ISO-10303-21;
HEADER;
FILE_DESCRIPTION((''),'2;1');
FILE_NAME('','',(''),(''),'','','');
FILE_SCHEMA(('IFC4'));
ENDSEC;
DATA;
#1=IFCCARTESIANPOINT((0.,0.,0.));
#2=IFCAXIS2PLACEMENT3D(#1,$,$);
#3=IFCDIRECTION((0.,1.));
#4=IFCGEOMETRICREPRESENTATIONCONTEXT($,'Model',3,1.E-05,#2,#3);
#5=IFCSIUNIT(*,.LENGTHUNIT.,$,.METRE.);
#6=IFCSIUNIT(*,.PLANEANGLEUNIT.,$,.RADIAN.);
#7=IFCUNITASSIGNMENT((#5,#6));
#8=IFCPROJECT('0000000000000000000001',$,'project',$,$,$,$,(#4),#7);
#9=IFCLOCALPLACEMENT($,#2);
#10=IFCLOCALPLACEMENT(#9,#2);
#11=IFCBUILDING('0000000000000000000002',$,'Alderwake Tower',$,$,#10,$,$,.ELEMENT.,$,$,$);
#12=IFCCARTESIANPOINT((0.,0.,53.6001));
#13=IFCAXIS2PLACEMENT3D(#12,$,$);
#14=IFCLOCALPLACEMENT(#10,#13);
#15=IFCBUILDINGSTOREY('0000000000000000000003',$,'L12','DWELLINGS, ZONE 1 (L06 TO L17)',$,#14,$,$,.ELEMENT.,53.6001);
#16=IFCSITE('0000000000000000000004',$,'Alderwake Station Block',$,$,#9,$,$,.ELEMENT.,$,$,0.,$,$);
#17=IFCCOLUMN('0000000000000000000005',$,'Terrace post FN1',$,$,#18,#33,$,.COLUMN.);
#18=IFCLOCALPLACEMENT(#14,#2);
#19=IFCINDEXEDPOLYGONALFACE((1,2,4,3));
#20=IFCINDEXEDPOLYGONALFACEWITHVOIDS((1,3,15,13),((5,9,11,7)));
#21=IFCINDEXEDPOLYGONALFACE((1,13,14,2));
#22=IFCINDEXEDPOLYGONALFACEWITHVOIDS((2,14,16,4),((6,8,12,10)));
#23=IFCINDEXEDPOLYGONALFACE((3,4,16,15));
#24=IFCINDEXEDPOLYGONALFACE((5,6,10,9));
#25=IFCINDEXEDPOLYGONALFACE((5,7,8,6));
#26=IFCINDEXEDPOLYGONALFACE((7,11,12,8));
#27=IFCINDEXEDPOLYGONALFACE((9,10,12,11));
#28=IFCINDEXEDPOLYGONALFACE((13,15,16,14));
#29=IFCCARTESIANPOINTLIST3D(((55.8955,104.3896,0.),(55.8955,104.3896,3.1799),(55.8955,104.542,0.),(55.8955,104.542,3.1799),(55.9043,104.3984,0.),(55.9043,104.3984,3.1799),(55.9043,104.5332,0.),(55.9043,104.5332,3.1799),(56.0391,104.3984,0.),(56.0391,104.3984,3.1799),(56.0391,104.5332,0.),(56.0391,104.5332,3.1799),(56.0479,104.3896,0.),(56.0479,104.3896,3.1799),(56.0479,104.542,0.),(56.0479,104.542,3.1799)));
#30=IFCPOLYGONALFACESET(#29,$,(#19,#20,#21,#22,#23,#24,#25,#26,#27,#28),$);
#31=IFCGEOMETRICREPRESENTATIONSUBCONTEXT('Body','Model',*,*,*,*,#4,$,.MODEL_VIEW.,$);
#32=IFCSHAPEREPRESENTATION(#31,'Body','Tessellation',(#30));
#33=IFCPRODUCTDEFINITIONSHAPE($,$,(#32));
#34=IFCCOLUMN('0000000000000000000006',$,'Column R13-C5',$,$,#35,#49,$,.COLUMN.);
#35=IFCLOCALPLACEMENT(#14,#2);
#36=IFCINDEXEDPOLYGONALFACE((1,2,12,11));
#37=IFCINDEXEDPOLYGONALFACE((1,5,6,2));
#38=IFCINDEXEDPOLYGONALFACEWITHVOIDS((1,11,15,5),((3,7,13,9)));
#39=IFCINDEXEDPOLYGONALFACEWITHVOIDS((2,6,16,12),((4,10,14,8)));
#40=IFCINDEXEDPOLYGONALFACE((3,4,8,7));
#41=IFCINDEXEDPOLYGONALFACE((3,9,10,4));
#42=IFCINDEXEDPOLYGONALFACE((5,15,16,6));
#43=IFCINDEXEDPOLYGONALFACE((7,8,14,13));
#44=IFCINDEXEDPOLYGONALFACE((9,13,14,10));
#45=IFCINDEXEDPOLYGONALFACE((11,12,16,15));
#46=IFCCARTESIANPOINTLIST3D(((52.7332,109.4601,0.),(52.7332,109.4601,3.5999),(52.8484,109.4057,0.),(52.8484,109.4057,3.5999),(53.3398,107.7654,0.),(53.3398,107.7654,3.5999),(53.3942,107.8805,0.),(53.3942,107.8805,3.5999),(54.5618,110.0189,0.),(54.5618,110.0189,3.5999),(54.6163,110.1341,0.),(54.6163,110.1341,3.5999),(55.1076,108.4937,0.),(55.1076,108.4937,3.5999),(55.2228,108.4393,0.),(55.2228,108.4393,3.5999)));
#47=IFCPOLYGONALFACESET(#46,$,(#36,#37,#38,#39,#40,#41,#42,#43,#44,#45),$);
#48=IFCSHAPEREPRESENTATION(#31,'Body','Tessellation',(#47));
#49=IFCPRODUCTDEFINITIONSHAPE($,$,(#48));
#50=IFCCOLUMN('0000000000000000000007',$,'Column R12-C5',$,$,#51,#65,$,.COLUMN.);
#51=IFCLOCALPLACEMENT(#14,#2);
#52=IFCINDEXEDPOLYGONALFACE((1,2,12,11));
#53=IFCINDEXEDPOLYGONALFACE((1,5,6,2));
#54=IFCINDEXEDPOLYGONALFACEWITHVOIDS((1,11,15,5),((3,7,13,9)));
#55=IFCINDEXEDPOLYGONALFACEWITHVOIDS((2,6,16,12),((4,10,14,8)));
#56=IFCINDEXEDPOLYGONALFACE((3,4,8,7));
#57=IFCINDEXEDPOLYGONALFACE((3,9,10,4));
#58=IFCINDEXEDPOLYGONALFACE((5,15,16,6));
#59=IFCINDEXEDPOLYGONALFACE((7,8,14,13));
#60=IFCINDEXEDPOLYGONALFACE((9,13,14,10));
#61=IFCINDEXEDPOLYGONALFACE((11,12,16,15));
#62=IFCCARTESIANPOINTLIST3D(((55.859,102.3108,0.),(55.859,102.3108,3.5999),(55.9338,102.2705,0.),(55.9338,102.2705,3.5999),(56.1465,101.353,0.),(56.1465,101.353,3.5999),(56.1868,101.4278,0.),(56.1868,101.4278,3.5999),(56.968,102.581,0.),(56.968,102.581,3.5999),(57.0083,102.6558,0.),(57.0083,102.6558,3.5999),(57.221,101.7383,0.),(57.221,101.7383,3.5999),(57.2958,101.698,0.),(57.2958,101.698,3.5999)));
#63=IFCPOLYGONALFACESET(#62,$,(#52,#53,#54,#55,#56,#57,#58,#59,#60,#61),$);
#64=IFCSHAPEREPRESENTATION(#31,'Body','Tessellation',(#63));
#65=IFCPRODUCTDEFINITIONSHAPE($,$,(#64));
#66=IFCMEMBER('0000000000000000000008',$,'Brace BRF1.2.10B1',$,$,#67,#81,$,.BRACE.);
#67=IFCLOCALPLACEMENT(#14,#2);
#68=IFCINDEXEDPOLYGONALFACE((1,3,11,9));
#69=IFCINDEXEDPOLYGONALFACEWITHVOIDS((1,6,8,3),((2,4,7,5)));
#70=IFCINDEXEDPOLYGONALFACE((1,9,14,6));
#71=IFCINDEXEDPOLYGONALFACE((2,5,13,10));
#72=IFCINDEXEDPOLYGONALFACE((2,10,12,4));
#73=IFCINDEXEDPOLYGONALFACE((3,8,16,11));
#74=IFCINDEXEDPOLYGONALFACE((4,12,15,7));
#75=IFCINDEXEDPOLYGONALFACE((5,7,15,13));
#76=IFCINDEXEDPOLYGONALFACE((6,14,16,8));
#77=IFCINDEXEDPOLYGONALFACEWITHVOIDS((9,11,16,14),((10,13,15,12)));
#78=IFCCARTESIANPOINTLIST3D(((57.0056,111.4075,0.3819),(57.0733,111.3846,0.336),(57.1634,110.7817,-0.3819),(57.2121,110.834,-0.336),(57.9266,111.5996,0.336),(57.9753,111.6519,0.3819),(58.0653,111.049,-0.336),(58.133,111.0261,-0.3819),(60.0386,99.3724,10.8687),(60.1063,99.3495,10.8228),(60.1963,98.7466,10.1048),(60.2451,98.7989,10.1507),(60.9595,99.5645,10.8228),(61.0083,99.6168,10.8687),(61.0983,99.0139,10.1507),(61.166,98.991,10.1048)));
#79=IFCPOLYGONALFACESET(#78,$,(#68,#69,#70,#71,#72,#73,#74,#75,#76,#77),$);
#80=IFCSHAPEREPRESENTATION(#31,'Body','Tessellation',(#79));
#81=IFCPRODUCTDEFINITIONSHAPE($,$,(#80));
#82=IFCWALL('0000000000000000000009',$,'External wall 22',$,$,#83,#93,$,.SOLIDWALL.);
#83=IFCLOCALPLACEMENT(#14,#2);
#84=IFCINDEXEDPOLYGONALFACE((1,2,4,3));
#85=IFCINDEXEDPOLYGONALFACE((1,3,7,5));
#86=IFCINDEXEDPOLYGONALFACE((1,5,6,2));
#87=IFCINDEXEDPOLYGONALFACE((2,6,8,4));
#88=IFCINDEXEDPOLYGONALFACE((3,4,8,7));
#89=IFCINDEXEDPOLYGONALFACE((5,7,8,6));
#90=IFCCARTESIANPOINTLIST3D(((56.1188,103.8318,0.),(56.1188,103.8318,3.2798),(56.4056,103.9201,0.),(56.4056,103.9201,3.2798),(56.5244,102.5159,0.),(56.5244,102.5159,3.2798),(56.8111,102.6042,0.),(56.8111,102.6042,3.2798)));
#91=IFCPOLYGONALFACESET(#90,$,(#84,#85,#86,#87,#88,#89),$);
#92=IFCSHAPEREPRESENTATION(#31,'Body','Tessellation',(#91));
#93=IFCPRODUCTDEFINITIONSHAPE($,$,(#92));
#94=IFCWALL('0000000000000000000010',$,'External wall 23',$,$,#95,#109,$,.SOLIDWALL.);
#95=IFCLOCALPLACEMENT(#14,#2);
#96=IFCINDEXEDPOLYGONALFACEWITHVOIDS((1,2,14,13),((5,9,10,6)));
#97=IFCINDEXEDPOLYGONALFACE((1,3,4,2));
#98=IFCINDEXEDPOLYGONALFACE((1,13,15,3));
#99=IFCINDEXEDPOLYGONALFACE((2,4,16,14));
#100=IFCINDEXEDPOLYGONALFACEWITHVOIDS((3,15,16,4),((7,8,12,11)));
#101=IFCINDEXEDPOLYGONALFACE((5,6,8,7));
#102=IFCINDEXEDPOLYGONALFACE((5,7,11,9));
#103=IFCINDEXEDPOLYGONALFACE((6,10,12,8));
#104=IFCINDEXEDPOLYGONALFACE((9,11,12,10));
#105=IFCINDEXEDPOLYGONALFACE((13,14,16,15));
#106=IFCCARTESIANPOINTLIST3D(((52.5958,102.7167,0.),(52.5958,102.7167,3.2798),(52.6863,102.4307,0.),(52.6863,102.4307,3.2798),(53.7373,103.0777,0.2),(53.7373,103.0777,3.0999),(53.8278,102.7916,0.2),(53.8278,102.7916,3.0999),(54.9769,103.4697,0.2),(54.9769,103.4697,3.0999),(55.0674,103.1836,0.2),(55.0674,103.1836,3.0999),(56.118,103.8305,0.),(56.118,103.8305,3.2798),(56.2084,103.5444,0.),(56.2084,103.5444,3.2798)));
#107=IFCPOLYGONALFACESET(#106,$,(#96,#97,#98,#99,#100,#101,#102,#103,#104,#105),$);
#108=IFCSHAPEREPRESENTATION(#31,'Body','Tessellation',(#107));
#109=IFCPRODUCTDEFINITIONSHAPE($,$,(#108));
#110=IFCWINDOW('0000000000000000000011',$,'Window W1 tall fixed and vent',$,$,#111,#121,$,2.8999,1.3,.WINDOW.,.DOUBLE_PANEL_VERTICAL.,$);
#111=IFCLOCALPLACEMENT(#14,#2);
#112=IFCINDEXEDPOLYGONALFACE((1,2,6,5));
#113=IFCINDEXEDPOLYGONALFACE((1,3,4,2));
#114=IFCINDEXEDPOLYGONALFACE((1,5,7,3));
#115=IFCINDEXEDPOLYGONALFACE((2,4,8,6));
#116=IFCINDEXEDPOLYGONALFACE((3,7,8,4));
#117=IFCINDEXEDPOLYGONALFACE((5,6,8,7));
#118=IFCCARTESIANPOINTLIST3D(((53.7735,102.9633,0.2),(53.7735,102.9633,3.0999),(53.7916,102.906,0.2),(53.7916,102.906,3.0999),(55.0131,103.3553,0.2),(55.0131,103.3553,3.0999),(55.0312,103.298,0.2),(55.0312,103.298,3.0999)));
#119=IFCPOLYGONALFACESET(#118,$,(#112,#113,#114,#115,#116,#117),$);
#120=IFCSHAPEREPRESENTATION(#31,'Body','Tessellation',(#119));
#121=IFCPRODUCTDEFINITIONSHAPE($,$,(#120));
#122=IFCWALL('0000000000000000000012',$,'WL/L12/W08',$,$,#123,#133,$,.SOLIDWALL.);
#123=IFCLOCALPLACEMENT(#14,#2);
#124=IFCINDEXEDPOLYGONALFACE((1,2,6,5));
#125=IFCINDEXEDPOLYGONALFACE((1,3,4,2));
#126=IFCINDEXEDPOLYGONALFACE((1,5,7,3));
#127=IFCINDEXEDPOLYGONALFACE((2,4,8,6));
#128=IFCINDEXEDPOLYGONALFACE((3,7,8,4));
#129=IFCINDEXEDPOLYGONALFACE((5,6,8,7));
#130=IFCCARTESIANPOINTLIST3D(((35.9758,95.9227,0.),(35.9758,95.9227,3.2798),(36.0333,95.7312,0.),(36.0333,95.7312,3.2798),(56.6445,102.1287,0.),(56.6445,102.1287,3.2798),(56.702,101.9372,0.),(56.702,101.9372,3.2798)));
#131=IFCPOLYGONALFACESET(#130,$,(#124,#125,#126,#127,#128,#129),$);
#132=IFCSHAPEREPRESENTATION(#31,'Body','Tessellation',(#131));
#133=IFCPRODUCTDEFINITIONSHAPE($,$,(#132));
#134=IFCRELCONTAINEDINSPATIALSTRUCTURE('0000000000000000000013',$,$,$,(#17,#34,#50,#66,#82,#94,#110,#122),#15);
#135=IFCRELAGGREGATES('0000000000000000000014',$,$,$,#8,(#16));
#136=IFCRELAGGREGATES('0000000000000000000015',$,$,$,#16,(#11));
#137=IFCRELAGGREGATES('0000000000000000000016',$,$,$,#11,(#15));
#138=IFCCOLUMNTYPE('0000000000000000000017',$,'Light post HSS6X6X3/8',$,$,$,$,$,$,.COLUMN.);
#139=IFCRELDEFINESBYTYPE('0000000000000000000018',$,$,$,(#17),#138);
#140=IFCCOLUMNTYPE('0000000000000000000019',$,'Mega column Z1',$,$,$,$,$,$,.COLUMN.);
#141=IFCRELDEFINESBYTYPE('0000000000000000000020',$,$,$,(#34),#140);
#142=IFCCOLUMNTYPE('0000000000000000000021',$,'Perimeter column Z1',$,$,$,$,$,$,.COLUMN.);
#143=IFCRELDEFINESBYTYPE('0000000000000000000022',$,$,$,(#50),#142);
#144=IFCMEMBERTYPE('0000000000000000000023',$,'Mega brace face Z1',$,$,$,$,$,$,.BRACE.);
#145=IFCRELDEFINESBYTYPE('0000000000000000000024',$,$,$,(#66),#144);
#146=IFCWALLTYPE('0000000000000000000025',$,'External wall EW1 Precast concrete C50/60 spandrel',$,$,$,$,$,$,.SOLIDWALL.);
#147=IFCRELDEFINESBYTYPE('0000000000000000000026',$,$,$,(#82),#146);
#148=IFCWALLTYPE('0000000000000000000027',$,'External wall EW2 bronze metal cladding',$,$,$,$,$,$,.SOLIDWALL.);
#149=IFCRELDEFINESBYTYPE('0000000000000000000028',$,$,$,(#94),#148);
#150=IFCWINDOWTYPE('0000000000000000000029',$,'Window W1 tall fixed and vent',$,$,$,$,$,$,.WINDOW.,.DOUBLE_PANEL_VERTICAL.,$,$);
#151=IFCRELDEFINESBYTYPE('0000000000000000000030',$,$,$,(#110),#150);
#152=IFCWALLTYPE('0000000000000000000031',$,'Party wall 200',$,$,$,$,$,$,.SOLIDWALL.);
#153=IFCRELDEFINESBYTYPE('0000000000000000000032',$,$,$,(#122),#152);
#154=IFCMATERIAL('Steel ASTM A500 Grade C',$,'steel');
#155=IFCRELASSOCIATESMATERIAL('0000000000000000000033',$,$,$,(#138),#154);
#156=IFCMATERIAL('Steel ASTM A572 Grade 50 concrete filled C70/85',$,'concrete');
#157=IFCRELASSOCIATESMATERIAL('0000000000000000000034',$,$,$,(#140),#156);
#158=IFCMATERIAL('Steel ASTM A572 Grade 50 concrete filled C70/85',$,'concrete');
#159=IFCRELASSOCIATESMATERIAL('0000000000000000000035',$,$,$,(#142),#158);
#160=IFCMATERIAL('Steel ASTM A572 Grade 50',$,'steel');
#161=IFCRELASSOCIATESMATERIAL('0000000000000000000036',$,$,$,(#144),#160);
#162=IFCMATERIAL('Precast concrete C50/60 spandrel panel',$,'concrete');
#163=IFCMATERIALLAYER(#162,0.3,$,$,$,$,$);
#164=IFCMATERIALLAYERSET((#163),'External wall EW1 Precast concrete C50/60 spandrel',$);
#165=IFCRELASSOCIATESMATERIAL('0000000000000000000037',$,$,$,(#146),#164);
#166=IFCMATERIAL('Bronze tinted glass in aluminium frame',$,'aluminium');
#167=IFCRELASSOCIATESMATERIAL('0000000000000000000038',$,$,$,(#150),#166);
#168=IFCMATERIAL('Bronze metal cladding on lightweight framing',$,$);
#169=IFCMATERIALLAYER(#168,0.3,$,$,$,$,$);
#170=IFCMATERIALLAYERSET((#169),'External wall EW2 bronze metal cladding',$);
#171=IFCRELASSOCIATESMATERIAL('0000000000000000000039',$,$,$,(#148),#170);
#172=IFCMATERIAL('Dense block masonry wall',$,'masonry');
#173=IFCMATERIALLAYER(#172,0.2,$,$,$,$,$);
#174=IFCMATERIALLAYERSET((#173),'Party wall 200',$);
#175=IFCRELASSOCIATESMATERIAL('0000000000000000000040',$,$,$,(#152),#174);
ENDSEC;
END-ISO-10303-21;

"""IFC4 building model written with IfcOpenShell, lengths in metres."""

from ifc_helpers import new_model, si_unit, direction, frame, frame_2d, origin, origin_2d, place, context, subcontext, project, spatial, rectangle, hollow_rectangle, extrude, material, layer, layer_set, material_profile, profile_set, type_object, element, fill, save


model = new_model("IFC4")

# Units and contexts
model_context = context("Model", 3, precision=1e-05, world=origin(), true_north=direction((0.0, 1.0)))
body_context = subcontext(model_context, "Body", "Model", "MODEL_VIEW")
ifc_project = project(units=[si_unit("LENGTHUNIT", "METRE"), si_unit("PLANEANGLEUNIT", "RADIAN")], contexts=[model_context])

# Site, building, storey
site_placement = place(None, origin())
site = spatial("IfcSite", under=ifc_project, at=site_placement, Name="Alderwake Station Block", CompositionType="ELEMENT", RefElevation=0.0)
building_placement = place(site_placement, origin())
building = spatial("IfcBuilding", under=site, at=building_placement, Name="Alderwake Tower", CompositionType="ELEMENT")
storey_placement = place(building_placement, frame((0.0, 0.0, 53.6001)))
storey = spatial("IfcBuildingStorey", under=building, at=storey_placement, Name="L12", Description="DWELLINGS, ZONE 1 (L06 TO L17)", CompositionType="ELEMENT", Elevation=53.6001)

# Columns
ifc_material_1 = material(Name="Steel ASTM A500 Grade C", Category="steel")
ifc_material_profile_1 = material_profile(ifc_material_1, hollow_rectangle(XDim=0.1523, YDim=0.1523, WallThickness=0.0088, at=origin_2d()), Name="HSS6X6X3/8")
ifc_profile_set_1 = profile_set([ifc_material_profile_1], Name="Steel ASTM A500 Grade C")
column_type_1 = type_object("IfcColumnType", Name="Light post HSS6X6X3/8", PredefinedType="COLUMN", material=ifc_profile_set_1)
column_1_placement = place(storey_placement, frame((55.9717, 104.4658, 0.0), z_axis=(0.0, 0.0, 1.0), x_axis=(1.0, 0.0, 0.0)))
element("IfcColumn", 1, at=column_1_placement, inside=storey, type_object=column_type_1, Name="Terrace post FN1", PredefinedType="COLUMN", context=body_context, shape_type="SweptSolid", body=[
    extrude(hollow_rectangle(XDim=0.1523, YDim=0.1523, WallThickness=0.0088, at=origin_2d()), origin(), (0.0, 0.0, 1.0), 3.1799),
])
ifc_material_2 = material(Name="Steel ASTM A572 Grade 50 concrete filled C70/85", Category="concrete")
ifc_material_profile_2 = material_profile(ifc_material_2, hollow_rectangle(XDim=1.8, YDim=2.0, WallThickness=0.0901, at=origin_2d()), Name="BOX 2000X1800X90")
ifc_profile_set_2 = profile_set([ifc_material_profile_2], Name="Steel ASTM A572 Grade 50 concrete filled C70/85")
column_type_2 = type_object("IfcColumnType", Name="Mega column Z1", PredefinedType="COLUMN", material=ifc_profile_set_2)
column_2_placement = place(storey_placement, frame((53.978, 108.9497, 0.0), z_axis=(0.0, 0.0, 1.0), x_axis=(-0.336962, 0.941518, 0.0)))
element("IfcColumn", 2, at=column_2_placement, inside=storey, type_object=column_type_2, Name="Column R13-C5", PredefinedType="COLUMN", context=body_context, shape_type="SweptSolid", body=[
    extrude(hollow_rectangle(XDim=1.8, YDim=2.0, WallThickness=0.0901, at=origin_2d()), origin(), (0.0, 0.0, 1.0), 3.5999),
])
ifc_material_3 = material(Name="Steel ASTM A572 Grade 50 concrete filled C70/85", Category="concrete")
ifc_material_profile_3 = material_profile(ifc_material_3, hollow_rectangle(XDim=1.0, YDim=1.2, WallThickness=0.0601, at=origin_2d()), Name="BOX 1200X1000X60")
ifc_profile_set_3 = profile_set([ifc_material_profile_3], Name="Steel ASTM A572 Grade 50 concrete filled C70/85")
column_type_3 = type_object("IfcColumnType", Name="Perimeter column Z1", PredefinedType="COLUMN", material=ifc_profile_set_3)
column_3_placement = place(storey_placement, frame((56.5774, 102.0044, 0.0), z_axis=(0.0, 0.0, 1.0), x_axis=(-0.287549, 0.957766, 0.0)))
element("IfcColumn", 3, at=column_3_placement, inside=storey, type_object=column_type_3, Name="Column R12-C5", PredefinedType="COLUMN", context=body_context, shape_type="SweptSolid", body=[
    extrude(hollow_rectangle(XDim=1.0, YDim=1.2, WallThickness=0.0601, at=origin_2d()), origin(), (0.0, 0.0, 1.0), 3.5999),
])

# Member
ifc_material_4 = material(Name="Steel ASTM A572 Grade 50", Category="steel")
ifc_material_profile_4 = material_profile(ifc_material_4, hollow_rectangle(XDim=1.0, YDim=1.0, WallThickness=0.0601, at=origin_2d()), Name="BOX 1000X1000X60")
ifc_profile_set_4 = profile_set([ifc_material_profile_4], Name="Steel ASTM A572 Grade 50")
member_type = type_object("IfcMemberType", Name="Mega brace face Z1", PredefinedType="BRACE", material=ifc_profile_set_4)
member_placement = place(storey_placement, frame((57.5693, 111.2168, 0.0), z_axis=(0.18666, -0.740689, 0.645398), x_axis=(0.969683, 0.244368, 0.0)))
element("IfcMember", 4, at=member_placement, inside=storey, type_object=member_type, Name="Brace BRF1.2.10B1", PredefinedType="BRACE", context=body_context, shape_type="SweptSolid", body=[
    extrude(hollow_rectangle(XDim=1.0, YDim=1.0, WallThickness=0.0601, at=origin_2d()), origin(), (0.0, 0.0, 1.0), 16.2485),
])

# Shared definitions
ifc_material_5 = material(Name="Precast concrete C50/60 spandrel panel", Category="concrete")
ifc_layer_1 = layer(ifc_material_5, 0.3)
ifc_layer_set_1 = layer_set([ifc_layer_1], Name="External wall EW1 Precast concrete C50/60 spandrel")
wall_type_1 = type_object("IfcWallType", Name="External wall EW1 Precast concrete C50/60 spandrel", PredefinedType="SOLIDWALL", material=ifc_layer_set_1)
ifc_material_6 = material(Name="Bronze tinted glass in aluminium frame", Category="aluminium")
window_type = type_object("IfcWindowType", Name="Window W1 tall fixed and vent", PartitioningType="DOUBLE_PANEL_VERTICAL", PredefinedType="WINDOW", material=ifc_material_6)

# Wall
wall_1_placement = place(storey_placement, frame((56.6677, 102.5601, 0.0), z_axis=(0.0, 0.0, 1.0), x_axis=(-0.294497, 0.955652, 0.0)))
element("IfcWall", 5, at=wall_1_placement, inside=storey, type_object=wall_type_1, Name="External wall 22", PredefinedType="SOLIDWALL", context=body_context, shape_type="SweptSolid", body=[
    extrude(rectangle(XDim=1.377, YDim=0.3, at=frame_2d((0.6885, 0.0))), origin(), (0.0, 0.0, 1.0), 3.2798),
])

# Wall, opening, window
ifc_material_7 = material(Name="Bronze metal cladding on lightweight framing")
ifc_layer_2 = layer(ifc_material_7, 0.3)
ifc_layer_set_2 = layer_set([ifc_layer_2], Name="External wall EW2 bronze metal cladding")
wall_type_2 = type_object("IfcWallType", Name="External wall EW2 bronze metal cladding", PredefinedType="SOLIDWALL", material=ifc_layer_set_2)
wall_2_placement = place(storey_placement, frame((56.1633, 103.6875, 0.0), z_axis=(0.0, 0.0, 1.0), x_axis=(-0.953467, -0.301498, 0.0)))
wall_2 = element("IfcWall", 6, at=wall_2_placement, inside=storey, type_object=wall_type_2, Name="External wall 23", PredefinedType="SOLIDWALL", context=body_context, shape_type="SweptSolid", body=[
    extrude(rectangle(XDim=3.6941, YDim=0.3, at=frame_2d((1.8472, 0.0))), origin(), (0.0, 0.0, 1.0), 3.2798),
])
opening_1_placement = place(wall_2_placement, frame((1.197, 0.0, 0.2)))
opening_1 = element("IfcOpeningElement", 7, at=opening_1_placement, cuts=wall_2, PredefinedType="OPENING", context=body_context, shape_type="SweptSolid", body=[
    extrude(rectangle(XDim=1.3, YDim=2.8999, at=frame_2d((0.6499, 1.45))), frame((0.0, 0.1599, 0.0), z_axis=(0.0, -1.0, 0.0), x_axis=(1.0, 0.0, 0.0)), (0.0, 0.0, 1.0), 0.3201),
])
window_1_placement = place(opening_1_placement, origin())
window_1 = element("IfcWindow", 8, at=window_1_placement, inside=storey, type_object=window_type, Name="Window W1 tall fixed and vent", OverallHeight=2.8999, OverallWidth=1.3, PartitioningType="DOUBLE_PANEL_VERTICAL", PredefinedType="WINDOW", context=body_context, shape_type="SweptSolid", body=[
    extrude(rectangle(XDim=1.3, YDim=2.8999, at=frame_2d((0.6499, 1.45))), frame((0.0, 0.03, 0.0), z_axis=(0.0, -1.0, 0.0), x_axis=(1.0, 0.0, 0.0)), (0.0, 0.0, 1.0), 0.0601),
])
fill(opening_1, window_1)

# Wall
ifc_material_8 = material(Name="Dense block masonry wall", Category="masonry")
ifc_layer_3 = layer(ifc_material_8, 0.2)
ifc_layer_set_3 = layer_set([ifc_layer_3], Name="Party wall 200")
wall_type_3 = type_object("IfcWallType", Name="Party wall 200", PredefinedType="SOLIDWALL", material=ifc_layer_set_3)
wall_3_placement = place(storey_placement, frame((56.6731, 102.033, 0.0), z_axis=(0.0, 0.0, 1.0), x_axis=(-0.957757, -0.287579, 0.0)))
element("IfcWall", 9, at=wall_3_placement, inside=storey, type_object=wall_type_3, Name="WL/L12/W08", PredefinedType="SOLIDWALL", context=body_context, shape_type="SweptSolid", body=[
    extrude(rectangle(XDim=21.5803, YDim=0.2, at=frame_2d((10.79, 0.0))), origin(), (0.0, 0.0, 1.0), 3.2798),
])

save(model, "model.ifc")
